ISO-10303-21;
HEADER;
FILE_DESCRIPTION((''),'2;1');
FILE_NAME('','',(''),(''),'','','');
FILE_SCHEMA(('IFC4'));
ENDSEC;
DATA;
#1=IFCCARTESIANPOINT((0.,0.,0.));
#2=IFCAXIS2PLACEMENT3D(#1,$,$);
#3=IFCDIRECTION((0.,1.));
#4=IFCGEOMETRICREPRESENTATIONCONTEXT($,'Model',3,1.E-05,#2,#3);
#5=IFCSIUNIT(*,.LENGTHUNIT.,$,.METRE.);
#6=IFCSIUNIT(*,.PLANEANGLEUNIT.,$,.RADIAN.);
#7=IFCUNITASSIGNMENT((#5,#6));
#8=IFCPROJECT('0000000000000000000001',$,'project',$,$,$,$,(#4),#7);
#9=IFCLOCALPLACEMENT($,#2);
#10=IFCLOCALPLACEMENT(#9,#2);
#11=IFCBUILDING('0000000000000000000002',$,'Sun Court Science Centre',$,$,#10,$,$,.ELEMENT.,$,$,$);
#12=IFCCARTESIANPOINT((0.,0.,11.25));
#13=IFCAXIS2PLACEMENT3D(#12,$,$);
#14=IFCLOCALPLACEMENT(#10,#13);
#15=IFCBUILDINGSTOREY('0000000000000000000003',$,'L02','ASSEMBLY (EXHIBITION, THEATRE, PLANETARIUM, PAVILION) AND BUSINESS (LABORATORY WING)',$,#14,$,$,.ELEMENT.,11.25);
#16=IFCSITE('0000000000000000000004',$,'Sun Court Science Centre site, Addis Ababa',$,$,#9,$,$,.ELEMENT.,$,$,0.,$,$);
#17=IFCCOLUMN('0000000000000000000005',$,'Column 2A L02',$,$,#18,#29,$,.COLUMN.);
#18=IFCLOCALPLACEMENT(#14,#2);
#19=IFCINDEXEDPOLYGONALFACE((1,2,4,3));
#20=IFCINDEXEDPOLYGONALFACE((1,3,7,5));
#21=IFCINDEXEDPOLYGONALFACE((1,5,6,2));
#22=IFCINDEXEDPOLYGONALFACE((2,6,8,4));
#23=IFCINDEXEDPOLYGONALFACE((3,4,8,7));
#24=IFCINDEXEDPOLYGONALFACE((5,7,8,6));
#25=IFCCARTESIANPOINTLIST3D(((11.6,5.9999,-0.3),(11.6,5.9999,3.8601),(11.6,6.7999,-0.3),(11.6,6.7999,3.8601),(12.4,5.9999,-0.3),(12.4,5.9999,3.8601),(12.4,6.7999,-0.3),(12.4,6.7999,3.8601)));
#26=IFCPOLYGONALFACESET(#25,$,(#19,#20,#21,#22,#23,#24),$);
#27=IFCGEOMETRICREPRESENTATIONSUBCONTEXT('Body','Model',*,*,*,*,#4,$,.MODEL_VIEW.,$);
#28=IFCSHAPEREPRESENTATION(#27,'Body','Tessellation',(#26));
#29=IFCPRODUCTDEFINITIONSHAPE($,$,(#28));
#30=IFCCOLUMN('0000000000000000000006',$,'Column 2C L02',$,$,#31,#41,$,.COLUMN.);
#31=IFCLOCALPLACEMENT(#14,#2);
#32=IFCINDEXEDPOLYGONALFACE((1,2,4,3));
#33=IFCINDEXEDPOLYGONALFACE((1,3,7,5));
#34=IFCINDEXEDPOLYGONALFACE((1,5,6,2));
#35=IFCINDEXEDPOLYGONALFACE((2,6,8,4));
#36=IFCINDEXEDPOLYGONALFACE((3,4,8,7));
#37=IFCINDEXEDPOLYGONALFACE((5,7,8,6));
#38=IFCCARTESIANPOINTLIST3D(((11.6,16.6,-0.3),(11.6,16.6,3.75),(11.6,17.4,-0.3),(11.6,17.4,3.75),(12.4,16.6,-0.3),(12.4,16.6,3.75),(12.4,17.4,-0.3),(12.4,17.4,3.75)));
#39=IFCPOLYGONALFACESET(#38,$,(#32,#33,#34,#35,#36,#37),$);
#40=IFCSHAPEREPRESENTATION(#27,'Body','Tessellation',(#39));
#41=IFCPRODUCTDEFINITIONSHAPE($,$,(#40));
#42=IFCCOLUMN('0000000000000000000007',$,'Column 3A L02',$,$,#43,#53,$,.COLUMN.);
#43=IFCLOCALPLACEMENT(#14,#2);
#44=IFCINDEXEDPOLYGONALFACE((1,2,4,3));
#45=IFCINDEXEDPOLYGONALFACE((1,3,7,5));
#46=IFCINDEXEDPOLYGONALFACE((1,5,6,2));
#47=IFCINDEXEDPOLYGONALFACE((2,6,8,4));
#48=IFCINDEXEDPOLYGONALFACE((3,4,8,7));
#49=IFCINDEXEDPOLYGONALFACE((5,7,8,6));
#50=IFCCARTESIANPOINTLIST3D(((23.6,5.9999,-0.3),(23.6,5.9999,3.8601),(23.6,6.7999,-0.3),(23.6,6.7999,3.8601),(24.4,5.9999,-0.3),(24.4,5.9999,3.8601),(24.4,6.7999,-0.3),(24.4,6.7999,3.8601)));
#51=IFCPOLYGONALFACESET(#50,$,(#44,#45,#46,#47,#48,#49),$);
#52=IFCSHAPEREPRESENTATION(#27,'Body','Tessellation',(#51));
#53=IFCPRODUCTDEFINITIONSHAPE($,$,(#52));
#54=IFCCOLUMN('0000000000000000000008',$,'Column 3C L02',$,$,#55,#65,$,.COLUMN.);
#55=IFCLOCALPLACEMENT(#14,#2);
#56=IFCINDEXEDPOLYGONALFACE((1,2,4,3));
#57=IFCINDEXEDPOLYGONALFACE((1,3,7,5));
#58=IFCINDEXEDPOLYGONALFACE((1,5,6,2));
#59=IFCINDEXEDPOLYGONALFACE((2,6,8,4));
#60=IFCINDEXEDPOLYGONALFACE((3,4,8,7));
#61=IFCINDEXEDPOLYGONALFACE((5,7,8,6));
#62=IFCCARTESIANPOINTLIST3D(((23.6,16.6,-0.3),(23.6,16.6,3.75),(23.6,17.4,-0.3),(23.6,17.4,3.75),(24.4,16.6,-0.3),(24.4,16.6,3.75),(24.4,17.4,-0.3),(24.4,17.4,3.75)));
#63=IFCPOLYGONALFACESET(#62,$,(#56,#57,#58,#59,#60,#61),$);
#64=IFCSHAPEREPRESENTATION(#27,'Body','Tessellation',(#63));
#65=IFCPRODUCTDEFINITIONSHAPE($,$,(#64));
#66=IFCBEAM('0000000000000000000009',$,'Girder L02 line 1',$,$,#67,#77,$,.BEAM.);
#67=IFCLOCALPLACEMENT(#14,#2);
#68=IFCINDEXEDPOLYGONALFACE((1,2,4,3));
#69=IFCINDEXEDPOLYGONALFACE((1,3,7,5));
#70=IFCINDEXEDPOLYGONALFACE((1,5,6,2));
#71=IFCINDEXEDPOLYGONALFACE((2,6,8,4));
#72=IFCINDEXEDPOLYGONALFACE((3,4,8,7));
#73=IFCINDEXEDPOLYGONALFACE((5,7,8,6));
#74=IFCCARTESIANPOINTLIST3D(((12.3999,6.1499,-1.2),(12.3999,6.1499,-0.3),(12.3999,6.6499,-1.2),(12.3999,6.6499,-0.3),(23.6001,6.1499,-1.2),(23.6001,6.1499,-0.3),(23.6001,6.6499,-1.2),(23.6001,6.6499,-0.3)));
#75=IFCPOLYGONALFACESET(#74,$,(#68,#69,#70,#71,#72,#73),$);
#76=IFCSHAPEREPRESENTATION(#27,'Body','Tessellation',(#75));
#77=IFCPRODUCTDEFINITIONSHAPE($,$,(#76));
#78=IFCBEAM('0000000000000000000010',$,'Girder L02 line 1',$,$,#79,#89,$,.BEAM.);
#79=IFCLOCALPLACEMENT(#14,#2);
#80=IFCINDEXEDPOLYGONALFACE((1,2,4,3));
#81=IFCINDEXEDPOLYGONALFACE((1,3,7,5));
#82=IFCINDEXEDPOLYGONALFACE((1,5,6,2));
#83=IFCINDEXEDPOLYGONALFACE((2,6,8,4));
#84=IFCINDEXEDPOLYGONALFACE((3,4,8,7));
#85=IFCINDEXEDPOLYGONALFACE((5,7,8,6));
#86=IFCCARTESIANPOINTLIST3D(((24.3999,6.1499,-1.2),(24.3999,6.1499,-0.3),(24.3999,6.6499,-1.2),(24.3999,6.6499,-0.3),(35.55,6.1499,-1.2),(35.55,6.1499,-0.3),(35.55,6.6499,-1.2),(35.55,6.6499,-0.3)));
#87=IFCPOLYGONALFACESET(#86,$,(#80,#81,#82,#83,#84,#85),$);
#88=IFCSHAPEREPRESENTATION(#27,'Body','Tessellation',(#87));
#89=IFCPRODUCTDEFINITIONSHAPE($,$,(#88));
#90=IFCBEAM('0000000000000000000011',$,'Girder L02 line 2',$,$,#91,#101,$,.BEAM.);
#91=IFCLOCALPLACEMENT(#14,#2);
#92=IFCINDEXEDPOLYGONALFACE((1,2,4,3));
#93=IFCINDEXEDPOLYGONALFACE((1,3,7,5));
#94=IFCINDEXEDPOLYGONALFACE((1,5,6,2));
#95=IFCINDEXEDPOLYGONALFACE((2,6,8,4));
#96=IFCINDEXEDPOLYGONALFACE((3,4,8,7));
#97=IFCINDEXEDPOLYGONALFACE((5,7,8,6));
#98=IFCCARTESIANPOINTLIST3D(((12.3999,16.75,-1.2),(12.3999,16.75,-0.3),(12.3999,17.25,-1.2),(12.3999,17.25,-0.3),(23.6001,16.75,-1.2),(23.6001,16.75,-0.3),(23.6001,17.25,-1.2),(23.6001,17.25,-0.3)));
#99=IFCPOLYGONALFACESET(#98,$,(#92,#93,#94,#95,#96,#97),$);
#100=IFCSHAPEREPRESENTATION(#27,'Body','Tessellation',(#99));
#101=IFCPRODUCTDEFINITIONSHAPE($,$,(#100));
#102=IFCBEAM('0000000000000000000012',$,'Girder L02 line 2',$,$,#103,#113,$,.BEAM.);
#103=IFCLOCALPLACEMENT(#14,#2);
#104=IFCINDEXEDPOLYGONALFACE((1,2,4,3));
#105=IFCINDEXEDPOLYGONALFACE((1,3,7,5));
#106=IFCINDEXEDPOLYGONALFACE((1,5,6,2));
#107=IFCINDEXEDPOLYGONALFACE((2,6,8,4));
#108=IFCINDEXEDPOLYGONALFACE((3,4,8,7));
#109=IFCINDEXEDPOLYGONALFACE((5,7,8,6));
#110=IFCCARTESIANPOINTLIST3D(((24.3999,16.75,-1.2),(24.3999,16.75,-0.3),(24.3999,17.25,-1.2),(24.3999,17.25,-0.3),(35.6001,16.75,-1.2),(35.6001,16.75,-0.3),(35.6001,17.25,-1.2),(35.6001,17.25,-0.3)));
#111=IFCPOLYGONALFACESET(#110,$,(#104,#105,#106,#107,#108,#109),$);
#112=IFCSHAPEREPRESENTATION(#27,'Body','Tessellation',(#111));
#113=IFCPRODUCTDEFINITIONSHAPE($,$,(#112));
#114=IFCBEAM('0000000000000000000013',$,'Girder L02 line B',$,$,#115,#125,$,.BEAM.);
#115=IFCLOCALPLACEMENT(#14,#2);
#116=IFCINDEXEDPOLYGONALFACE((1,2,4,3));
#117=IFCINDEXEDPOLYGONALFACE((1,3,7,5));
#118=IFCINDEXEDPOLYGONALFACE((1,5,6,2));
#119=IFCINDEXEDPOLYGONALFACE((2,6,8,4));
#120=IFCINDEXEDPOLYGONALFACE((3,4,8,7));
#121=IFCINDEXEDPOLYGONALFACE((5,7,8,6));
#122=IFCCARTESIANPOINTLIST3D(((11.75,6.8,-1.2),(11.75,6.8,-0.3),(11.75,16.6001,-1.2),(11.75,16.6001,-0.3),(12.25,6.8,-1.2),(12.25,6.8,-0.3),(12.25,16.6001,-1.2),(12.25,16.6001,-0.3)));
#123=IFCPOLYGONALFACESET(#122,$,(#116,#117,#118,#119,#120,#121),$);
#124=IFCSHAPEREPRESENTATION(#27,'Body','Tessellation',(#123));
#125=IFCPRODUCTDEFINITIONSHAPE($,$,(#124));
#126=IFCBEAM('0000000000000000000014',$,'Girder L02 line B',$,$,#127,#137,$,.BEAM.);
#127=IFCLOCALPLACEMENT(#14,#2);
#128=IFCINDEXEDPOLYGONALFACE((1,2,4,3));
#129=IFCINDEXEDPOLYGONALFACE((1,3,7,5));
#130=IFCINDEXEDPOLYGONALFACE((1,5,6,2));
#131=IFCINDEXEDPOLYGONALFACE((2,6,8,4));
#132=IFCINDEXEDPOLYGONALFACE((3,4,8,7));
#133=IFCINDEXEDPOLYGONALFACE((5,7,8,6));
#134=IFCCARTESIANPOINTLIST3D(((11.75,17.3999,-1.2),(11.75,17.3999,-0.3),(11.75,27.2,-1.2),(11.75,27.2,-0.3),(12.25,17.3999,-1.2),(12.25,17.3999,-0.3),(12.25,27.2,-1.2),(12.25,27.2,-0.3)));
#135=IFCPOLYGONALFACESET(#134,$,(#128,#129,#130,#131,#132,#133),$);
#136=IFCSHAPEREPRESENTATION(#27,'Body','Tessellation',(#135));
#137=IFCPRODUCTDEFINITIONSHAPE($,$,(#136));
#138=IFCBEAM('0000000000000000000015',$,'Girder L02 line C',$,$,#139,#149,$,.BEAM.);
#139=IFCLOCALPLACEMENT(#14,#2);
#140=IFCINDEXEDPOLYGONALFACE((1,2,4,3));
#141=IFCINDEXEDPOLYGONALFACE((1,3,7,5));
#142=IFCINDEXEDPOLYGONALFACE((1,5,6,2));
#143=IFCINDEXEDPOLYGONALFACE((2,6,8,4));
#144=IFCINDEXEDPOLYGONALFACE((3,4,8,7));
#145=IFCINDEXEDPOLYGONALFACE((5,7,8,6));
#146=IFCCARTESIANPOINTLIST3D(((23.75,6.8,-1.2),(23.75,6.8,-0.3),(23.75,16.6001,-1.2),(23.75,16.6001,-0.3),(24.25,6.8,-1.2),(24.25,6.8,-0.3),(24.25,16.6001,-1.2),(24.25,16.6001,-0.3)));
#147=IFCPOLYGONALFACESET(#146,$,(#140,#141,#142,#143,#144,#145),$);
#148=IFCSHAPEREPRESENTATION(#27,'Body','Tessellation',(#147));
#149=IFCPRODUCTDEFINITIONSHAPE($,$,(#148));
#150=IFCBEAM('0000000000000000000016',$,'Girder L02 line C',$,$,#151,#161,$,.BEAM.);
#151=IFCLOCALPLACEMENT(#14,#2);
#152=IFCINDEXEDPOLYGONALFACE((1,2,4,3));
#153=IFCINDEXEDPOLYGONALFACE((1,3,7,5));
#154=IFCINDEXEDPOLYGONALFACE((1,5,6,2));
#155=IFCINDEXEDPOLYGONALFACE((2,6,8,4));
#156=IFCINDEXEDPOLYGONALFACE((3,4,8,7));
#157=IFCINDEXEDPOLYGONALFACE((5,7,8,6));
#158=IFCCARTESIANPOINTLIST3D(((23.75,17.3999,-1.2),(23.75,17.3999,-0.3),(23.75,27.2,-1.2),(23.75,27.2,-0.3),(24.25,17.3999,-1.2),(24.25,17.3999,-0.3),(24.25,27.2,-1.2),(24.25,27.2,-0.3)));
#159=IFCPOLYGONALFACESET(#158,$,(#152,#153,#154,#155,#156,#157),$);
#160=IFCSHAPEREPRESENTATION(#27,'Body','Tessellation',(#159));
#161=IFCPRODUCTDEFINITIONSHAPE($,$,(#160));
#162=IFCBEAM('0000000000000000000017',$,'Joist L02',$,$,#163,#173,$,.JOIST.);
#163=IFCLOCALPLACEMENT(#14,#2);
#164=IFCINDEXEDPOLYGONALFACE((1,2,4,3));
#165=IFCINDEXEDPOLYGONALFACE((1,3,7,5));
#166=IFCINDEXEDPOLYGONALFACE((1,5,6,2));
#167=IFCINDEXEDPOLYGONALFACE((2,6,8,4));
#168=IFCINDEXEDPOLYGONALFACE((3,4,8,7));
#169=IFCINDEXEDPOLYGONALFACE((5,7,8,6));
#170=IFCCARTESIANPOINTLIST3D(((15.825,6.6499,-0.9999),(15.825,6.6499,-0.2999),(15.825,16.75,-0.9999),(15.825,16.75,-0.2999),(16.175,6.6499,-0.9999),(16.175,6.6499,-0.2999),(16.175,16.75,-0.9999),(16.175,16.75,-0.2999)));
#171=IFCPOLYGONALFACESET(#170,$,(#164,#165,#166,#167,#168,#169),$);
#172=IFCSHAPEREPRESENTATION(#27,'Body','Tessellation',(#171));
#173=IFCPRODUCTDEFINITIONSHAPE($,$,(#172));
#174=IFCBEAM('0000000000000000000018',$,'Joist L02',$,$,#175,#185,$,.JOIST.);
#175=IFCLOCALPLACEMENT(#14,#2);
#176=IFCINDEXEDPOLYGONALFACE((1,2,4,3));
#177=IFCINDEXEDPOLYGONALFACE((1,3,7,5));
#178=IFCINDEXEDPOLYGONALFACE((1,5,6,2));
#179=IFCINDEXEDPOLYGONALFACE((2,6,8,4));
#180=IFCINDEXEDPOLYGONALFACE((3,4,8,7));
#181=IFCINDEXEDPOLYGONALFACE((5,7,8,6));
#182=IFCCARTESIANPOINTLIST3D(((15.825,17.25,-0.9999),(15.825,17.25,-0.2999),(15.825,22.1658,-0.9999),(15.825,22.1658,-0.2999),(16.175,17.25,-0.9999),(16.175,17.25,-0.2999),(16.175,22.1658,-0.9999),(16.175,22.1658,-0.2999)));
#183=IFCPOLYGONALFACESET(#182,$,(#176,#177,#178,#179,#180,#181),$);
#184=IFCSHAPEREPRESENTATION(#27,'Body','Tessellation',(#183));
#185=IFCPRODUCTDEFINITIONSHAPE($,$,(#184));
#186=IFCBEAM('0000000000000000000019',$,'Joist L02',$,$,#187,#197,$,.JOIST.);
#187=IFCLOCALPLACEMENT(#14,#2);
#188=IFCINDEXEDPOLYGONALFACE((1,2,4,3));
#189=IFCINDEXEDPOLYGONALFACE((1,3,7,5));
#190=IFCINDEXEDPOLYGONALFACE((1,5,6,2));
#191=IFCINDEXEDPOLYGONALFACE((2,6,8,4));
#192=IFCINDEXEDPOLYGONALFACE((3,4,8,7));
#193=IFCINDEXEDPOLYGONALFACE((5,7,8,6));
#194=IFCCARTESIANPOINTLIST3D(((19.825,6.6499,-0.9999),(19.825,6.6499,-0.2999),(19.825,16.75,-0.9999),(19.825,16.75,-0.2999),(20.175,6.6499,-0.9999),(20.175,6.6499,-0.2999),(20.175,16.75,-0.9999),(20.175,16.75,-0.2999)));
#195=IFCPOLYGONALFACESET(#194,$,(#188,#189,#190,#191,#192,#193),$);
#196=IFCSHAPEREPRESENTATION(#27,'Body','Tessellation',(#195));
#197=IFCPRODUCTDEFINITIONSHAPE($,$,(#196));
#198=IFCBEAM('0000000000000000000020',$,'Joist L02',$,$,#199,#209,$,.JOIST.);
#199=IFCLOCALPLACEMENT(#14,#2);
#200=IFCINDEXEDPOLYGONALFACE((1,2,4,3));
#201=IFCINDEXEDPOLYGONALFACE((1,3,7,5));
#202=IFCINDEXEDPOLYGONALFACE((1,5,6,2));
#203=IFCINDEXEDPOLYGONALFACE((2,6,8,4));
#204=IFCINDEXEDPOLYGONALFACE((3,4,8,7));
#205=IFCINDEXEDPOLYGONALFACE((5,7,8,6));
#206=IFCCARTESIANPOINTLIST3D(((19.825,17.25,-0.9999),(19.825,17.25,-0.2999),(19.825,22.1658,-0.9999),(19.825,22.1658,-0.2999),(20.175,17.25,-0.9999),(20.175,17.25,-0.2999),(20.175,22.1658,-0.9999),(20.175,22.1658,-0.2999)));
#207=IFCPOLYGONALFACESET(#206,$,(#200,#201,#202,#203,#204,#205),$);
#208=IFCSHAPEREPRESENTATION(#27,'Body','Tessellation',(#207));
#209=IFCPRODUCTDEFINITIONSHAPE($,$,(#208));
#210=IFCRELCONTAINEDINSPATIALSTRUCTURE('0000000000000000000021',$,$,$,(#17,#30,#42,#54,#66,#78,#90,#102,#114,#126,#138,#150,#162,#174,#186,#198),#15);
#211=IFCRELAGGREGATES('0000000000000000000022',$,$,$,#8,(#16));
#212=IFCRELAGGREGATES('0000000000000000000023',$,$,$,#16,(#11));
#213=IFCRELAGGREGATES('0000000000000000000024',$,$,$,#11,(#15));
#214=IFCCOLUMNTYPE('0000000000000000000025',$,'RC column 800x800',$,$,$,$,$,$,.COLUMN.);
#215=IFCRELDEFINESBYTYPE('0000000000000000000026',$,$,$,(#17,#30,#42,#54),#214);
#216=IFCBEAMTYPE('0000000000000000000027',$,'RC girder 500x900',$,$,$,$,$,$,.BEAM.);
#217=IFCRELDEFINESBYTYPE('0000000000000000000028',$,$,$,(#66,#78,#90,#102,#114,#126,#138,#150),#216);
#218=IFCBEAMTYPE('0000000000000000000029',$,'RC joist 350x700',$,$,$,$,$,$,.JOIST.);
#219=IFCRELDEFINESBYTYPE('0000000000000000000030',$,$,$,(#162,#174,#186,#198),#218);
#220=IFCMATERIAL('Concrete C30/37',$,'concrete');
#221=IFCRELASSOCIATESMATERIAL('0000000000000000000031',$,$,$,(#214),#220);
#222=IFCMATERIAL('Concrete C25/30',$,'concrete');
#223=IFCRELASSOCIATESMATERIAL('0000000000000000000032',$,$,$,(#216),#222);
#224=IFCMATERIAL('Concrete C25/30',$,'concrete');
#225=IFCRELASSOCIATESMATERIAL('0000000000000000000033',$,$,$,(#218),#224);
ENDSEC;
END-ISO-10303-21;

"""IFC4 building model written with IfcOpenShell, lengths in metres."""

from ifc_helpers import new_model, si_unit, direction, frame, origin, origin_2d, place, context, subcontext, project, spatial, rectangle, extrude, material, material_profile, profile_set, type_object, element, save


model = new_model("IFC4")

# Units and contexts
model_context = context("Model", 3, precision=1e-05, world=origin(), true_north=direction((0.0, 1.0)))
body_context = subcontext(model_context, "Body", "Model", "MODEL_VIEW")
ifc_project = project(units=[si_unit("LENGTHUNIT", "METRE"), si_unit("PLANEANGLEUNIT", "RADIAN")], contexts=[model_context])

# Site, building, storey
site_placement = place(None, origin())
site = spatial("IfcSite", under=ifc_project, at=site_placement, Name="Sun Court Science Centre site, Addis Ababa", CompositionType="ELEMENT", RefElevation=0.0)
building_placement = place(site_placement, origin())
building = spatial("IfcBuilding", under=site, at=building_placement, Name="Sun Court Science Centre", CompositionType="ELEMENT")
storey_placement = place(building_placement, frame((0.0, 0.0, 11.25)))
storey = spatial("IfcBuildingStorey", under=building, at=storey_placement, Name="L02", Description="ASSEMBLY (EXHIBITION, THEATRE, PLANETARIUM, PAVILION) AND BUSINESS (LABORATORY WING)", CompositionType="ELEMENT", Elevation=11.25)

# Columns
ifc_material_1 = material(Name="Concrete C30/37", Category="concrete")
ifc_material_profile_1 = material_profile(ifc_material_1, rectangle(XDim=0.8, YDim=0.8, at=origin_2d()), Name="RC 800x800")
ifc_profile_set_1 = profile_set([ifc_material_profile_1], Name="Concrete C30/37")
column_type = type_object("IfcColumnType", Name="RC column 800x800", PredefinedType="COLUMN", material=ifc_profile_set_1)
column_1_placement = place(storey_placement, frame((12.0, 6.3999, -0.3), z_axis=(0.0, 0.0, 1.0), x_axis=(1.0, 0.0, 0.0)))
element("IfcColumn", 1, at=column_1_placement, inside=storey, type_object=column_type, Name="Column 2A L02", PredefinedType="COLUMN", context=body_context, shape_type="SweptSolid", body=[
    extrude(rectangle(XDim=0.8, YDim=0.8, at=origin_2d()), origin(), (0.0, 0.0, 1.0), 4.1602),
])
column_2_placement = place(storey_placement, frame((12.0, 17.0, -0.3), z_axis=(0.0, 0.0, 1.0), x_axis=(1.0, 0.0, 0.0)))
element("IfcColumn", 2, at=column_2_placement, inside=storey, type_object=column_type, Name="Column 2C L02", PredefinedType="COLUMN", context=body_context, shape_type="SweptSolid", body=[
    extrude(rectangle(XDim=0.8, YDim=0.8, at=origin_2d()), origin(), (0.0, 0.0, 1.0), 4.05),
])
column_3_placement = place(storey_placement, frame((24.0, 6.3999, -0.3), z_axis=(0.0, 0.0, 1.0), x_axis=(1.0, 0.0, 0.0)))
element("IfcColumn", 3, at=column_3_placement, inside=storey, type_object=column_type, Name="Column 3A L02", PredefinedType="COLUMN", context=body_context, shape_type="SweptSolid", body=[
    extrude(rectangle(XDim=0.8, YDim=0.8, at=origin_2d()), origin(), (0.0, 0.0, 1.0), 4.1602),
])
column_4_placement = place(storey_placement, frame((24.0, 17.0, -0.3), z_axis=(0.0, 0.0, 1.0), x_axis=(1.0, 0.0, 0.0)))
element("IfcColumn", 4, at=column_4_placement, inside=storey, type_object=column_type, Name="Column 3C L02", PredefinedType="COLUMN", context=body_context, shape_type="SweptSolid", body=[
    extrude(rectangle(XDim=0.8, YDim=0.8, at=origin_2d()), origin(), (0.0, 0.0, 1.0), 4.05),
])

# Beams
ifc_material_2 = material(Name="Concrete C25/30", Category="concrete")
ifc_material_profile_2 = material_profile(ifc_material_2, rectangle(XDim=0.5, YDim=0.8999, at=origin_2d()), Name="RC 500x900")
ifc_profile_set_2 = profile_set([ifc_material_profile_2], Name="Concrete C25/30")
beam_type_1 = type_object("IfcBeamType", Name="RC girder 500x900", PredefinedType="BEAM", material=ifc_profile_set_2)
beam_1_placement = place(storey_placement, frame((12.3999, 6.3999, -0.75), z_axis=(1.0, 0.0, 0.0), x_axis=(0.0, 1.0, 0.0)))
element("IfcBeam", 5, at=beam_1_placement, inside=storey, type_object=beam_type_1, Name="Girder L02 line 1", PredefinedType="BEAM", context=body_context, shape_type="SweptSolid", body=[
    extrude(rectangle(XDim=0.5, YDim=0.8999, at=origin_2d()), origin(), (0.0, 0.0, 1.0), 11.2002),
])
beam_2_placement = place(storey_placement, frame((24.3999, 6.3999, -0.75), z_axis=(1.0, 0.0, 0.0), x_axis=(0.0, 1.0, 0.0)))
element("IfcBeam", 6, at=beam_2_placement, inside=storey, type_object=beam_type_1, Name="Girder L02 line 1", PredefinedType="BEAM", context=body_context, shape_type="SweptSolid", body=[
    extrude(rectangle(XDim=0.5, YDim=0.8999, at=origin_2d()), origin(), (0.0, 0.0, 1.0), 11.1501),
])
for number, where, z_axis, x_axis, name in (
    (7, (12.3999, 17.0, -0.75), (1.0, 0.0, 0.0), (0.0, 1.0, 0.0), "Girder L02 line 2"),
    (8, (24.3999, 17.0, -0.75), (1.0, 0.0, 0.0), (0.0, 1.0, 0.0), "Girder L02 line 2"),
):
    element("IfcBeam", number, at=place(storey_placement, frame(where, z_axis=z_axis, x_axis=x_axis)), inside=storey, type_object=beam_type_1, Name=name, PredefinedType="BEAM", context=body_context, shape_type="SweptSolid", body=[
        extrude(rectangle(XDim=0.5, YDim=0.8999, at=origin_2d()), origin(), (0.0, 0.0, 1.0), 11.2002),
    ])
for number, where, z_axis, x_axis, name in (
    (9, (12.0, 6.8, -0.75), (0.0, 1.0, 0.0), (-1.0, 0.0, 0.0), "Girder L02 line B"),
    (10, (12.0, 17.3999, -0.75), (0.0, 1.0, 0.0), (-1.0, 0.0, 0.0), "Girder L02 line B"),
    (11, (24.0, 6.8, -0.75), (0.0, 1.0, 0.0), (-1.0, 0.0, 0.0), "Girder L02 line C"),
    (12, (24.0, 17.3999, -0.75), (0.0, 1.0, 0.0), (-1.0, 0.0, 0.0), "Girder L02 line C"),
):
    element("IfcBeam", number, at=place(storey_placement, frame(where, z_axis=z_axis, x_axis=x_axis)), inside=storey, type_object=beam_type_1, Name=name, PredefinedType="BEAM", context=body_context, shape_type="SweptSolid", body=[
        extrude(rectangle(XDim=0.5, YDim=0.8999, at=origin_2d()), origin(), (0.0, 0.0, 1.0), 9.8),
    ])
ifc_material_3 = material(Name="Concrete C25/30", Category="concrete")
ifc_material_profile_3 = material_profile(ifc_material_3, rectangle(XDim=0.3501, YDim=0.7, at=origin_2d()), Name="RC 350x700")
ifc_profile_set_3 = profile_set([ifc_material_profile_3], Name="Concrete C25/30")
beam_type_2 = type_object("IfcBeamType", Name="RC joist 350x700", PredefinedType="JOIST", material=ifc_profile_set_3)
beam_3_placement = place(storey_placement, frame((16.0, 6.6499, -0.6499), z_axis=(0.0, 1.0, 0.0), x_axis=(-1.0, 0.0, 0.0)))
element("IfcBeam", 13, at=beam_3_placement, inside=storey, type_object=beam_type_2, Name="Joist L02", PredefinedType="JOIST", context=body_context, shape_type="SweptSolid", body=[
    extrude(rectangle(XDim=0.3501, YDim=0.7, at=origin_2d()), origin(), (0.0, 0.0, 1.0), 10.1001),
])
beam_4_placement = place(storey_placement, frame((16.0, 17.25, -0.6499), z_axis=(0.0, 1.0, 0.0), x_axis=(-1.0, 0.0, 0.0)))
element("IfcBeam", 14, at=beam_4_placement, inside=storey, type_object=beam_type_2, Name="Joist L02", PredefinedType="JOIST", context=body_context, shape_type="SweptSolid", body=[
    extrude(rectangle(XDim=0.3501, YDim=0.7, at=origin_2d()), origin(), (0.0, 0.0, 1.0), 4.9158),
])
beam_5_placement = place(storey_placement, frame((20.0, 6.6499, -0.6499), z_axis=(0.0, 1.0, 0.0), x_axis=(-1.0, 0.0, 0.0)))
element("IfcBeam", 15, at=beam_5_placement, inside=storey, type_object=beam_type_2, Name="Joist L02", PredefinedType="JOIST", context=body_context, shape_type="SweptSolid", body=[
    extrude(rectangle(XDim=0.3501, YDim=0.7, at=origin_2d()), origin(), (0.0, 0.0, 1.0), 10.1001),
])
beam_6_placement = place(storey_placement, frame((20.0, 17.25, -0.6499), z_axis=(0.0, 1.0, 0.0), x_axis=(-1.0, 0.0, 0.0)))
element("IfcBeam", 16, at=beam_6_placement, inside=storey, type_object=beam_type_2, Name="Joist L02", PredefinedType="JOIST", context=body_context, shape_type="SweptSolid", body=[
    extrude(rectangle(XDim=0.3501, YDim=0.7, at=origin_2d()), origin(), (0.0, 0.0, 1.0), 4.9158),
])

save(model, "model.ifc")
